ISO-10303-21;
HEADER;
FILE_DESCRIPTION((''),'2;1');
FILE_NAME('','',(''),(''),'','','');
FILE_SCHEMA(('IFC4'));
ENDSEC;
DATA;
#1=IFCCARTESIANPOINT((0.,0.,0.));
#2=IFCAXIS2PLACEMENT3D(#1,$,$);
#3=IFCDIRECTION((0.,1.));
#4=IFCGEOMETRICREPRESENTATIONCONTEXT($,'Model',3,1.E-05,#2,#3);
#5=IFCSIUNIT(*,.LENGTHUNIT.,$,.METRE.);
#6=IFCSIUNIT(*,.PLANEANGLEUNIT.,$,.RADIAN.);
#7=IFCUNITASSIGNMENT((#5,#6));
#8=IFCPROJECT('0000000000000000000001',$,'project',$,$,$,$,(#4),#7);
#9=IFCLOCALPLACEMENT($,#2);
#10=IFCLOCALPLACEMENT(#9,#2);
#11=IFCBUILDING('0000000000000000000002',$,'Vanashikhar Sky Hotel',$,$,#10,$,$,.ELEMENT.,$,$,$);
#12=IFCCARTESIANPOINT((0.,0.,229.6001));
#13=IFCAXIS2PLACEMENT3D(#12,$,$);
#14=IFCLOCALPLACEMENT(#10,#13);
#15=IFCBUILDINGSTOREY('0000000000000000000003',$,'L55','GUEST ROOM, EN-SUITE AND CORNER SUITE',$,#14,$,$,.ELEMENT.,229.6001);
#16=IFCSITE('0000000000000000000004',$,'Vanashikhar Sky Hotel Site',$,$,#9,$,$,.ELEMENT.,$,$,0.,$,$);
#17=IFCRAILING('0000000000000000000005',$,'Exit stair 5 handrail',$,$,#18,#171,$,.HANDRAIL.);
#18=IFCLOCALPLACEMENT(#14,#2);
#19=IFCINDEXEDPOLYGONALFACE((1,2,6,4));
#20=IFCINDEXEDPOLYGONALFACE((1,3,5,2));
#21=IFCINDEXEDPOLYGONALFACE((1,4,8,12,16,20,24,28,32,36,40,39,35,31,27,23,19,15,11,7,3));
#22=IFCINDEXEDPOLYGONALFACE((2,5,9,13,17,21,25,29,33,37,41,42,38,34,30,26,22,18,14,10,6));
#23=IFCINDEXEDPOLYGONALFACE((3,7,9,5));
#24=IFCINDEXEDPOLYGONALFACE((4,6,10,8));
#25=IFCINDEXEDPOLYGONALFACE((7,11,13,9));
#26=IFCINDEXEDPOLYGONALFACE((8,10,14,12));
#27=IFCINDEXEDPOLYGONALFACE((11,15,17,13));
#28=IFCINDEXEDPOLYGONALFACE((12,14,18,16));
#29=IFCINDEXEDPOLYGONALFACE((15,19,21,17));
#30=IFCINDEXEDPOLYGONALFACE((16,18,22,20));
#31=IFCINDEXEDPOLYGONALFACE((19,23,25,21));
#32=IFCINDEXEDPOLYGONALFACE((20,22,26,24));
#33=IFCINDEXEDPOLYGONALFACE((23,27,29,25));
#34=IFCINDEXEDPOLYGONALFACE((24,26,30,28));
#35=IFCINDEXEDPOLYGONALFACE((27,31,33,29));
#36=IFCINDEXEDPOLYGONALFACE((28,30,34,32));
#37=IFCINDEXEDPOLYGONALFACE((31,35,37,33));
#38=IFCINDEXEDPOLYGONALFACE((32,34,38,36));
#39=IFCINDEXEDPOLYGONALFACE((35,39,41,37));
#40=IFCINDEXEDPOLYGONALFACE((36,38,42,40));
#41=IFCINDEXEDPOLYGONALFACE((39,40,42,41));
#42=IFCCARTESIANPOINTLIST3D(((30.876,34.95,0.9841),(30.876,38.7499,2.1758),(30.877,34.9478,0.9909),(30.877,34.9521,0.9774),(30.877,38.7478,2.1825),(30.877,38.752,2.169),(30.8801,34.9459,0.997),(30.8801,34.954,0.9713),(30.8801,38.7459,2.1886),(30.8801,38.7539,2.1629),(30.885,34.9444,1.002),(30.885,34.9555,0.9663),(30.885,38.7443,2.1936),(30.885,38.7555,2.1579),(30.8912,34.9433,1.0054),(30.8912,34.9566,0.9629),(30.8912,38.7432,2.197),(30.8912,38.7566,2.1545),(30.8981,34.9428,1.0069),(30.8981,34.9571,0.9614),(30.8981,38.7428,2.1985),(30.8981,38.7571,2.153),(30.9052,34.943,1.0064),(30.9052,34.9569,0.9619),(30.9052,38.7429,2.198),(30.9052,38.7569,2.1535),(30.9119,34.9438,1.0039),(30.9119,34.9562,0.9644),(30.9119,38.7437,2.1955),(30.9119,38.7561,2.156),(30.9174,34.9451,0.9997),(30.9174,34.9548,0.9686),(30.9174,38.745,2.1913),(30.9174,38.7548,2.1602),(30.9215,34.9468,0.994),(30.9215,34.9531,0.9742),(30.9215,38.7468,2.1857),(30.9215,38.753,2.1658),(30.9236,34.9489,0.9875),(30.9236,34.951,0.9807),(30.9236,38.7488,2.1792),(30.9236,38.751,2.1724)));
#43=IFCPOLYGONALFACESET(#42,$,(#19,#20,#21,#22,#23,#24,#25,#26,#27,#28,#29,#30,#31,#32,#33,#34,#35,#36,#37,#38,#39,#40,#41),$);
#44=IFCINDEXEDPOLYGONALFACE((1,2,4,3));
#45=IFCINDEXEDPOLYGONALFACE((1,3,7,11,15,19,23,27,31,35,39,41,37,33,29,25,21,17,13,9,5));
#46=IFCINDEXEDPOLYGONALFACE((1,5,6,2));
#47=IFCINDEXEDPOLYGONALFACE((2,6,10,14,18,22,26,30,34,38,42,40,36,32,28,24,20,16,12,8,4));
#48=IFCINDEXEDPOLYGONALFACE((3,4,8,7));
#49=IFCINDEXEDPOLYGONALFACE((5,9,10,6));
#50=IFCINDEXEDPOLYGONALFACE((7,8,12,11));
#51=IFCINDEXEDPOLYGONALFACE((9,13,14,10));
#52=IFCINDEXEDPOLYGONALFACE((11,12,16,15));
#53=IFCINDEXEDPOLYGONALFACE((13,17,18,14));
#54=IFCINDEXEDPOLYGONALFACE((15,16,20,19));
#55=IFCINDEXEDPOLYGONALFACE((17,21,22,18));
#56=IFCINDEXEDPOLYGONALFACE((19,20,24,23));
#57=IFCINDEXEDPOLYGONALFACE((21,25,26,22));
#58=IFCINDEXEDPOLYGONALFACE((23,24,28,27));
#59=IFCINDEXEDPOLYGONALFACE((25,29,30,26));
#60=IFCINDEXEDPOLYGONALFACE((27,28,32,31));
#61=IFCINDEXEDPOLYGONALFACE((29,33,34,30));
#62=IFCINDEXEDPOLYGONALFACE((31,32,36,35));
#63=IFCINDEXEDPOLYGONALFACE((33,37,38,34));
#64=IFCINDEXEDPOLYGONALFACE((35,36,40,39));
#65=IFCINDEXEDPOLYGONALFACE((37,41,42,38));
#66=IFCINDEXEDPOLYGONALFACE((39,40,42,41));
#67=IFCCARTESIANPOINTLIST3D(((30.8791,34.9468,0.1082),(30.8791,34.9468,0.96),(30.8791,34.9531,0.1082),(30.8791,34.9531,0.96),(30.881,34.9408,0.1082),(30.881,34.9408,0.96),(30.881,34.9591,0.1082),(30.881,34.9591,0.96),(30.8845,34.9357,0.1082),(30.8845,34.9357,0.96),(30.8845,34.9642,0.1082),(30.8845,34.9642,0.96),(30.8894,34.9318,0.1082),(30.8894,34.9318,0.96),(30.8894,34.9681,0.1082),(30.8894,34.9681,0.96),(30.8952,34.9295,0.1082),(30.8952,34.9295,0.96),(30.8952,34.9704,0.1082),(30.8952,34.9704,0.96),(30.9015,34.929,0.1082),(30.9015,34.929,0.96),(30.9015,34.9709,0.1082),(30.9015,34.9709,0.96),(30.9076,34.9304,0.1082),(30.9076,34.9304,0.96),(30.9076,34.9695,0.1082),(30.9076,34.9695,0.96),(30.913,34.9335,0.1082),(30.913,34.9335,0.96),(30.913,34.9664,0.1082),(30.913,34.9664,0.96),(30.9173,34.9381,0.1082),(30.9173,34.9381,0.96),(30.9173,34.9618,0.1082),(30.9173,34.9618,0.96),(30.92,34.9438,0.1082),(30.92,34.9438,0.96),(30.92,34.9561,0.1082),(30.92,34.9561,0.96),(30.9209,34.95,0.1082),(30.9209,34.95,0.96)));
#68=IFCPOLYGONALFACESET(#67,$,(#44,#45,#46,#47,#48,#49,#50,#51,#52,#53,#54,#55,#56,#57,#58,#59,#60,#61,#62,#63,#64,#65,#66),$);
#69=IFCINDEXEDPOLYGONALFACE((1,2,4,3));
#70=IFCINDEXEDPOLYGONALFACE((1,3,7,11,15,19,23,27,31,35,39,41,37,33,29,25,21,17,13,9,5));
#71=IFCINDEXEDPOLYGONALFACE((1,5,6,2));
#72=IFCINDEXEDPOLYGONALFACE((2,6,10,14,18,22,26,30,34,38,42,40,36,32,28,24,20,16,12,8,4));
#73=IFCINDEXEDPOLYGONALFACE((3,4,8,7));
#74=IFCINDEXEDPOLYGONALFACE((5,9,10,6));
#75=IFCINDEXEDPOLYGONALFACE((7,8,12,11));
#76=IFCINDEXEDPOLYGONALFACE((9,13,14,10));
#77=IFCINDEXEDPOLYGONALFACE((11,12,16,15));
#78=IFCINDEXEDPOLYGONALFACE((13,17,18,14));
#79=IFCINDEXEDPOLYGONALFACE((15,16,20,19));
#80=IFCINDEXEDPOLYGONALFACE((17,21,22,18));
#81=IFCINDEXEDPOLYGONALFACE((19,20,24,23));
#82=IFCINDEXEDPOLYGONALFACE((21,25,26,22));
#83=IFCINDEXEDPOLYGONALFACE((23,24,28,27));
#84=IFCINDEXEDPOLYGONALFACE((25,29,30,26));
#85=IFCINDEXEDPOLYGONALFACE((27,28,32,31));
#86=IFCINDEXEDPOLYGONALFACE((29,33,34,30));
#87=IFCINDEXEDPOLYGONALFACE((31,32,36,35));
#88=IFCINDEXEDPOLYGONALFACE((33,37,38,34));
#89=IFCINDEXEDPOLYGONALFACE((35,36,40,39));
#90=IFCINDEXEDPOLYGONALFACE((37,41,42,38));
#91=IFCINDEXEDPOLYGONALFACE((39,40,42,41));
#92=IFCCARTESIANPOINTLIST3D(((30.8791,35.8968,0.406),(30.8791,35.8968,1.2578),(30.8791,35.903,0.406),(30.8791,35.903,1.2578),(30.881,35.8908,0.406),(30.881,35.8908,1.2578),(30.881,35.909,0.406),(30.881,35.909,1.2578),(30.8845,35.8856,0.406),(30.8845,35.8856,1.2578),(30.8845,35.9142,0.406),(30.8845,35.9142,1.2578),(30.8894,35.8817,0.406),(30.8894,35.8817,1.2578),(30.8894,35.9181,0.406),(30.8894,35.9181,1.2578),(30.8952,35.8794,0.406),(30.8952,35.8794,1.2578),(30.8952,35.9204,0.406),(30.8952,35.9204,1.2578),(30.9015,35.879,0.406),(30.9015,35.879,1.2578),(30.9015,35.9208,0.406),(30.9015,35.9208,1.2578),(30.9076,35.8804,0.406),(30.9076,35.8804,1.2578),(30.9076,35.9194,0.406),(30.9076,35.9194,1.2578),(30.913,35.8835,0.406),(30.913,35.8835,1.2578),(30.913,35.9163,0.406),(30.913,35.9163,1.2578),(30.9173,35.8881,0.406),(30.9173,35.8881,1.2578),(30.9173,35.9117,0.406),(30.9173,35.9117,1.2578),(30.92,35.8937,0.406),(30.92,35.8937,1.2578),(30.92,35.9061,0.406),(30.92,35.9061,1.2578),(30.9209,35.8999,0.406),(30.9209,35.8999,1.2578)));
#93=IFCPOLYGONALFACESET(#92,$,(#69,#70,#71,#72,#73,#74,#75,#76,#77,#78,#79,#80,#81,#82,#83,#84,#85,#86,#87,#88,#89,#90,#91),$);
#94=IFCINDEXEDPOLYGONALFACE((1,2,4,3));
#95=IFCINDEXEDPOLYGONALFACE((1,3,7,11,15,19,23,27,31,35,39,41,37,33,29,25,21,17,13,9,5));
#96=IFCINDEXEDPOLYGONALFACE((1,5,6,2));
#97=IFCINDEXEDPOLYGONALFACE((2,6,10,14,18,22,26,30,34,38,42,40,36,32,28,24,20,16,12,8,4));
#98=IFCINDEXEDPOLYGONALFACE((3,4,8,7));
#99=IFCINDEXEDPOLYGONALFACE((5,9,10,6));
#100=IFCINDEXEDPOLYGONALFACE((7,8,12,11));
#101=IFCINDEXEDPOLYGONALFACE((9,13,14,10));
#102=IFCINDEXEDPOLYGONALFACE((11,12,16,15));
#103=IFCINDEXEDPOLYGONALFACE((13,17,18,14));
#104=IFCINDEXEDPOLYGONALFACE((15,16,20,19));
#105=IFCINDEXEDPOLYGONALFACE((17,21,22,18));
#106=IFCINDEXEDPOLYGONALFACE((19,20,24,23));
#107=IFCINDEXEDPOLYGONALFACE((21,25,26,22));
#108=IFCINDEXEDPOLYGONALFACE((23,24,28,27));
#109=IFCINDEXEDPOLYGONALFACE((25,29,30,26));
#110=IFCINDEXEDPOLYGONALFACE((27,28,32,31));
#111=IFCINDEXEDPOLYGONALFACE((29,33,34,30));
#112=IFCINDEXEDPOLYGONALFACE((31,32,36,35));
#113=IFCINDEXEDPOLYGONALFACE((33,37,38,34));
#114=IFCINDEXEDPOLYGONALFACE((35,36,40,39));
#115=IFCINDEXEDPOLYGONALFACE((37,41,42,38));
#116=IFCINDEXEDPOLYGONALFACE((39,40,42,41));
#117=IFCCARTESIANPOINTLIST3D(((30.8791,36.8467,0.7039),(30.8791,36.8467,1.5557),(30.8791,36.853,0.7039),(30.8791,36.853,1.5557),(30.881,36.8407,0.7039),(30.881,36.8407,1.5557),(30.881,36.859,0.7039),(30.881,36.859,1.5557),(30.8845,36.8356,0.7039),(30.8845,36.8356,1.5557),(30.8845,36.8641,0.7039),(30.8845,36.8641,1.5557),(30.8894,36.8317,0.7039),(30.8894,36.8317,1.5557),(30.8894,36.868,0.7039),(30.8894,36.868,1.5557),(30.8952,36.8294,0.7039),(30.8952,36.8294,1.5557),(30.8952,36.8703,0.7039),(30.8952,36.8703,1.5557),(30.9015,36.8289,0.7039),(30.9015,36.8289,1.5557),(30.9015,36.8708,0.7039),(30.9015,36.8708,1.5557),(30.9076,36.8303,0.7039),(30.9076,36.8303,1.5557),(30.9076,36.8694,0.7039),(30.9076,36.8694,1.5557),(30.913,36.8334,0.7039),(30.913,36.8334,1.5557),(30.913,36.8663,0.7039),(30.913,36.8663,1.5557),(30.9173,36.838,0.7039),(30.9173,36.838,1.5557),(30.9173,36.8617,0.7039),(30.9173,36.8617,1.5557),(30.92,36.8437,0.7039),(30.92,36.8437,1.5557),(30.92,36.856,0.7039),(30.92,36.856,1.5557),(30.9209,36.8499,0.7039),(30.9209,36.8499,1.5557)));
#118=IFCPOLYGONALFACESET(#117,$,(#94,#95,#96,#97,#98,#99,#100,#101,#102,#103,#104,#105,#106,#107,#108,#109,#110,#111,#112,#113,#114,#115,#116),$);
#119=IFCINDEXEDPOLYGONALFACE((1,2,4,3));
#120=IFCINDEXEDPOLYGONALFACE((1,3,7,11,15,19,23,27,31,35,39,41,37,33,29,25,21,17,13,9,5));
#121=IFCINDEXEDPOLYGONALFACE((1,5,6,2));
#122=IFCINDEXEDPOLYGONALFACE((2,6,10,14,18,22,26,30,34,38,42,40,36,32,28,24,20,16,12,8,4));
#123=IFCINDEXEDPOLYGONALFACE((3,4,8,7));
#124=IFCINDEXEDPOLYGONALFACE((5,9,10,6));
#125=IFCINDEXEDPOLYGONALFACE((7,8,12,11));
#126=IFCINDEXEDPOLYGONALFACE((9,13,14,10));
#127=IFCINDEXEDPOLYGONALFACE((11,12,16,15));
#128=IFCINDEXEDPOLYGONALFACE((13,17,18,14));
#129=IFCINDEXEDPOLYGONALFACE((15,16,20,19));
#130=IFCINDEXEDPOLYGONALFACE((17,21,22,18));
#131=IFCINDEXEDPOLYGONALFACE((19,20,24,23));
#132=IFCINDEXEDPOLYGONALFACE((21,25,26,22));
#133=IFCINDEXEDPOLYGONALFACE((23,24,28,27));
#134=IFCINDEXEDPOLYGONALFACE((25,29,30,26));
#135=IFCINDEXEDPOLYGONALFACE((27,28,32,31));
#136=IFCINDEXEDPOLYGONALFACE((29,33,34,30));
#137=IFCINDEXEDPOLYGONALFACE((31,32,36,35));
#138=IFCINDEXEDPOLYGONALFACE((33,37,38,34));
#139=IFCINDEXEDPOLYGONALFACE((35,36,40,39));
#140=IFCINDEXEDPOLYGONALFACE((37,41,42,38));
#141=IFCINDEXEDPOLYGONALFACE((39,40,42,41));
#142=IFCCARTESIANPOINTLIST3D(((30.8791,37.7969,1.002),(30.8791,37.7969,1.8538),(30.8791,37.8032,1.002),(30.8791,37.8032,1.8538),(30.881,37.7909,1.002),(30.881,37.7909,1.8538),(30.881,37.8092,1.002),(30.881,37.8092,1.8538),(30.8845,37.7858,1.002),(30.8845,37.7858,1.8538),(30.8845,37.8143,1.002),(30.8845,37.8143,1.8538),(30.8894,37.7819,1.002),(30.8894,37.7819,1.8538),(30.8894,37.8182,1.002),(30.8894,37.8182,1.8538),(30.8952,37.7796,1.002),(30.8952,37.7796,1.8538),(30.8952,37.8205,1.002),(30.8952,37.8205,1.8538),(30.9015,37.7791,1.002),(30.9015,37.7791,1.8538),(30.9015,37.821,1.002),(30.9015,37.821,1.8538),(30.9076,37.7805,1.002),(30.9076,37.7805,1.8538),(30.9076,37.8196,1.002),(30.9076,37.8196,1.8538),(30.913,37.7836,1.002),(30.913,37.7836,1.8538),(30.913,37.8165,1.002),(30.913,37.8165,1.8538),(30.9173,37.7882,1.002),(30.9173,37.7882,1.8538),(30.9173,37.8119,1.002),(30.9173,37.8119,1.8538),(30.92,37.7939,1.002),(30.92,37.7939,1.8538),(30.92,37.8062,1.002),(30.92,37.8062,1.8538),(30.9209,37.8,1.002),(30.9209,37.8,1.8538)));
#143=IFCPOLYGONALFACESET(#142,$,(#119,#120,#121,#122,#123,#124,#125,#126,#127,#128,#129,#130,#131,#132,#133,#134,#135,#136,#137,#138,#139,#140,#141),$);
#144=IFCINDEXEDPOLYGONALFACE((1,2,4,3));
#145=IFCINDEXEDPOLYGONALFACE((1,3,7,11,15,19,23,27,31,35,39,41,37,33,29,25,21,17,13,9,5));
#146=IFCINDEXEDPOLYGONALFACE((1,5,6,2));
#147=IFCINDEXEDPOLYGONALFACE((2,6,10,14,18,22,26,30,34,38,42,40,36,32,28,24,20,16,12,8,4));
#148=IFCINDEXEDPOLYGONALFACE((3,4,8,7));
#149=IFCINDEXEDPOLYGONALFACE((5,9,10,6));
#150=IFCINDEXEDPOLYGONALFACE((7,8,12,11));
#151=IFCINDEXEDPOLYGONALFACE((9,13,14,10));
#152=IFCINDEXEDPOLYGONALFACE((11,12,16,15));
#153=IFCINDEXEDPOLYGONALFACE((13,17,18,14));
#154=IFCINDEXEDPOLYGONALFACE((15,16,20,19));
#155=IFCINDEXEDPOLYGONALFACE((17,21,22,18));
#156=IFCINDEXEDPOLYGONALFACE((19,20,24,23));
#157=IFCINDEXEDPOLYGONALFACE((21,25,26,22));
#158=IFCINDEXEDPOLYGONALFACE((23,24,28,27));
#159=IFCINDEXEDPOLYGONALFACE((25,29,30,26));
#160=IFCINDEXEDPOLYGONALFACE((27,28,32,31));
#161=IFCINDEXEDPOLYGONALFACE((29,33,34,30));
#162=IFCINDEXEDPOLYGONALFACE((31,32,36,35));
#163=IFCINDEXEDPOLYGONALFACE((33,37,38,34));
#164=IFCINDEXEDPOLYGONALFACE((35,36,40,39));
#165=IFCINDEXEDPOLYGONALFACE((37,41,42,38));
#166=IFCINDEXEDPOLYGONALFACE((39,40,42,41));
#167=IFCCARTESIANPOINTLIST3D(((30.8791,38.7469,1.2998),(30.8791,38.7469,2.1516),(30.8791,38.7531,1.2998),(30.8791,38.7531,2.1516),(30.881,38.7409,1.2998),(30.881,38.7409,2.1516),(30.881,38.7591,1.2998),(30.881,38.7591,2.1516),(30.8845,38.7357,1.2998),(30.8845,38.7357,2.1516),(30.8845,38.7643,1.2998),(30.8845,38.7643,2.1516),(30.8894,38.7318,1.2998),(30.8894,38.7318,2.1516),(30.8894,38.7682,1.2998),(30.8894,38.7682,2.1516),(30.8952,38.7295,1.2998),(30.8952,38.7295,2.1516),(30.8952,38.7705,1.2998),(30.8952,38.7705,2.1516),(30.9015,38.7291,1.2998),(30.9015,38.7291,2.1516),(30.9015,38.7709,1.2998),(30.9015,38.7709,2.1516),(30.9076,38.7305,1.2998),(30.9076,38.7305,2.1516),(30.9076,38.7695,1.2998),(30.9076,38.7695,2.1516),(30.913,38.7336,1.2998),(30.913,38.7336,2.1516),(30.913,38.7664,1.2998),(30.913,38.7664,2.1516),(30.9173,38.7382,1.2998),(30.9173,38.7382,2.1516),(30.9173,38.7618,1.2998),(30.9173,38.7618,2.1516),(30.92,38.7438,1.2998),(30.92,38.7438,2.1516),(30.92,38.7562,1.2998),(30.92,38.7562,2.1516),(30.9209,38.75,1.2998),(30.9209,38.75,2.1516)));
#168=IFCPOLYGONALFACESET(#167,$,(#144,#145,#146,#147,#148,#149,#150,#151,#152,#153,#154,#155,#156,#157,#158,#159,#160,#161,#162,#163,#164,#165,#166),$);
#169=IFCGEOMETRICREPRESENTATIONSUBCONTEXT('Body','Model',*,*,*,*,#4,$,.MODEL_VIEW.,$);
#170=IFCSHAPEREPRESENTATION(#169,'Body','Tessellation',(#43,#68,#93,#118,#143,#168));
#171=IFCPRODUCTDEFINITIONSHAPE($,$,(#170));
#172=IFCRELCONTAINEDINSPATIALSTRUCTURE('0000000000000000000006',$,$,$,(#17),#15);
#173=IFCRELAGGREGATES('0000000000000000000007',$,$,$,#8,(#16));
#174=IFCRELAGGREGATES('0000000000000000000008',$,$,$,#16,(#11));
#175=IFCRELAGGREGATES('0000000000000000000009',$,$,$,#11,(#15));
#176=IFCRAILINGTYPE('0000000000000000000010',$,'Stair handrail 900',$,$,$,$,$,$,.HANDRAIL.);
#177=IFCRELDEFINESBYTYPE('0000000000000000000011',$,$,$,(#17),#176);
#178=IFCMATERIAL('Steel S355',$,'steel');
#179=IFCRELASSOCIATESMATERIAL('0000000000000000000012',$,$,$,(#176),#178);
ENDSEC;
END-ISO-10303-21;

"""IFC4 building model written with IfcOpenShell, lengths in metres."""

from ifc_helpers import new_model, si_unit, direction, frame, origin, origin_2d, place, context, subcontext, project, spatial, circle, extrude, source, transform, mapped, material, type_object, element, save


model = new_model("IFC4")

# Units and contexts
model_context = context("Model", 3, precision=1e-05, world=origin(), true_north=direction((0.0, 1.0)))
body_context = subcontext(model_context, "Body", "Model", "MODEL_VIEW")
ifc_project = project(units=[si_unit("LENGTHUNIT", "METRE"), si_unit("PLANEANGLEUNIT", "RADIAN")], contexts=[model_context])

# Site, building, storey
site_placement = place(None, origin())
site = spatial("IfcSite", under=ifc_project, at=site_placement, Name="Vanashikhar Sky Hotel Site", CompositionType="ELEMENT", RefElevation=0.0)
building_placement = place(site_placement, origin())
building = spatial("IfcBuilding", under=site, at=building_placement, Name="Vanashikhar Sky Hotel", CompositionType="ELEMENT")
storey_placement = place(building_placement, frame((0.0, 0.0, 229.6001)))
storey = spatial("IfcBuildingStorey", under=building, at=storey_placement, Name="L55", Description="GUEST ROOM, EN-SUITE AND CORNER SUITE", CompositionType="ELEMENT", Elevation=229.6001)

# Railing
ifc_material_1 = material(Name="Steel S355", Category="steel")
railing_type_1 = type_object("IfcRailingType", Name="Stair handrail 900", PredefinedType="HANDRAIL", material=ifc_material_1)
shared_shape_1 = source(origin(), body_context, "Body", "SweptSolid", [
    extrude(circle(Radius=0.0239, at=origin_2d()), frame((0.0, 0.0, 0.876), z_axis=(0.0, 0.954184, 0.299221), x_axis=(-1.0, 0.0, 0.0)), (0.0, 0.0, 1.0), 3.9824),
    extrude(circle(Radius=0.021, at=origin_2d()), origin(), (0.0, 0.0, 1.0), 0.8518),
    extrude(circle(Radius=0.021, at=origin_2d()), frame((0.0, 0.95, 0.2979)), (0.0, 0.0, 1.0), 0.8518),
    extrude(circle(Radius=0.021, at=origin_2d()), frame((0.0, 1.8999, 0.5957)), (0.0, 0.0, 1.0), 0.8518),
    extrude(circle(Radius=0.021, at=origin_2d()), frame((0.0, 2.8501, 0.8938)), (0.0, 0.0, 1.0), 0.8518),
    extrude(circle(Radius=0.021, at=origin_2d()), frame((0.0, 3.8, 1.1917)), (0.0, 0.0, 1.0), 0.8518),
])
for number, where, name in (
    (1, (30.8999, 34.95, 0.1082), "Exit stair 5 handrail"),
):
    element("IfcRailing", number, at=place(storey_placement, frame(where)), inside=storey, type_object=railing_type_1, Name=name, PredefinedType="HANDRAIL", context=body_context, shape_type="MappedRepresentation", body=[
        mapped(shared_shape_1, transform((0.0, 0.0, 0.0), scale=1.0)),
    ])

save(model, "model.ifc")
